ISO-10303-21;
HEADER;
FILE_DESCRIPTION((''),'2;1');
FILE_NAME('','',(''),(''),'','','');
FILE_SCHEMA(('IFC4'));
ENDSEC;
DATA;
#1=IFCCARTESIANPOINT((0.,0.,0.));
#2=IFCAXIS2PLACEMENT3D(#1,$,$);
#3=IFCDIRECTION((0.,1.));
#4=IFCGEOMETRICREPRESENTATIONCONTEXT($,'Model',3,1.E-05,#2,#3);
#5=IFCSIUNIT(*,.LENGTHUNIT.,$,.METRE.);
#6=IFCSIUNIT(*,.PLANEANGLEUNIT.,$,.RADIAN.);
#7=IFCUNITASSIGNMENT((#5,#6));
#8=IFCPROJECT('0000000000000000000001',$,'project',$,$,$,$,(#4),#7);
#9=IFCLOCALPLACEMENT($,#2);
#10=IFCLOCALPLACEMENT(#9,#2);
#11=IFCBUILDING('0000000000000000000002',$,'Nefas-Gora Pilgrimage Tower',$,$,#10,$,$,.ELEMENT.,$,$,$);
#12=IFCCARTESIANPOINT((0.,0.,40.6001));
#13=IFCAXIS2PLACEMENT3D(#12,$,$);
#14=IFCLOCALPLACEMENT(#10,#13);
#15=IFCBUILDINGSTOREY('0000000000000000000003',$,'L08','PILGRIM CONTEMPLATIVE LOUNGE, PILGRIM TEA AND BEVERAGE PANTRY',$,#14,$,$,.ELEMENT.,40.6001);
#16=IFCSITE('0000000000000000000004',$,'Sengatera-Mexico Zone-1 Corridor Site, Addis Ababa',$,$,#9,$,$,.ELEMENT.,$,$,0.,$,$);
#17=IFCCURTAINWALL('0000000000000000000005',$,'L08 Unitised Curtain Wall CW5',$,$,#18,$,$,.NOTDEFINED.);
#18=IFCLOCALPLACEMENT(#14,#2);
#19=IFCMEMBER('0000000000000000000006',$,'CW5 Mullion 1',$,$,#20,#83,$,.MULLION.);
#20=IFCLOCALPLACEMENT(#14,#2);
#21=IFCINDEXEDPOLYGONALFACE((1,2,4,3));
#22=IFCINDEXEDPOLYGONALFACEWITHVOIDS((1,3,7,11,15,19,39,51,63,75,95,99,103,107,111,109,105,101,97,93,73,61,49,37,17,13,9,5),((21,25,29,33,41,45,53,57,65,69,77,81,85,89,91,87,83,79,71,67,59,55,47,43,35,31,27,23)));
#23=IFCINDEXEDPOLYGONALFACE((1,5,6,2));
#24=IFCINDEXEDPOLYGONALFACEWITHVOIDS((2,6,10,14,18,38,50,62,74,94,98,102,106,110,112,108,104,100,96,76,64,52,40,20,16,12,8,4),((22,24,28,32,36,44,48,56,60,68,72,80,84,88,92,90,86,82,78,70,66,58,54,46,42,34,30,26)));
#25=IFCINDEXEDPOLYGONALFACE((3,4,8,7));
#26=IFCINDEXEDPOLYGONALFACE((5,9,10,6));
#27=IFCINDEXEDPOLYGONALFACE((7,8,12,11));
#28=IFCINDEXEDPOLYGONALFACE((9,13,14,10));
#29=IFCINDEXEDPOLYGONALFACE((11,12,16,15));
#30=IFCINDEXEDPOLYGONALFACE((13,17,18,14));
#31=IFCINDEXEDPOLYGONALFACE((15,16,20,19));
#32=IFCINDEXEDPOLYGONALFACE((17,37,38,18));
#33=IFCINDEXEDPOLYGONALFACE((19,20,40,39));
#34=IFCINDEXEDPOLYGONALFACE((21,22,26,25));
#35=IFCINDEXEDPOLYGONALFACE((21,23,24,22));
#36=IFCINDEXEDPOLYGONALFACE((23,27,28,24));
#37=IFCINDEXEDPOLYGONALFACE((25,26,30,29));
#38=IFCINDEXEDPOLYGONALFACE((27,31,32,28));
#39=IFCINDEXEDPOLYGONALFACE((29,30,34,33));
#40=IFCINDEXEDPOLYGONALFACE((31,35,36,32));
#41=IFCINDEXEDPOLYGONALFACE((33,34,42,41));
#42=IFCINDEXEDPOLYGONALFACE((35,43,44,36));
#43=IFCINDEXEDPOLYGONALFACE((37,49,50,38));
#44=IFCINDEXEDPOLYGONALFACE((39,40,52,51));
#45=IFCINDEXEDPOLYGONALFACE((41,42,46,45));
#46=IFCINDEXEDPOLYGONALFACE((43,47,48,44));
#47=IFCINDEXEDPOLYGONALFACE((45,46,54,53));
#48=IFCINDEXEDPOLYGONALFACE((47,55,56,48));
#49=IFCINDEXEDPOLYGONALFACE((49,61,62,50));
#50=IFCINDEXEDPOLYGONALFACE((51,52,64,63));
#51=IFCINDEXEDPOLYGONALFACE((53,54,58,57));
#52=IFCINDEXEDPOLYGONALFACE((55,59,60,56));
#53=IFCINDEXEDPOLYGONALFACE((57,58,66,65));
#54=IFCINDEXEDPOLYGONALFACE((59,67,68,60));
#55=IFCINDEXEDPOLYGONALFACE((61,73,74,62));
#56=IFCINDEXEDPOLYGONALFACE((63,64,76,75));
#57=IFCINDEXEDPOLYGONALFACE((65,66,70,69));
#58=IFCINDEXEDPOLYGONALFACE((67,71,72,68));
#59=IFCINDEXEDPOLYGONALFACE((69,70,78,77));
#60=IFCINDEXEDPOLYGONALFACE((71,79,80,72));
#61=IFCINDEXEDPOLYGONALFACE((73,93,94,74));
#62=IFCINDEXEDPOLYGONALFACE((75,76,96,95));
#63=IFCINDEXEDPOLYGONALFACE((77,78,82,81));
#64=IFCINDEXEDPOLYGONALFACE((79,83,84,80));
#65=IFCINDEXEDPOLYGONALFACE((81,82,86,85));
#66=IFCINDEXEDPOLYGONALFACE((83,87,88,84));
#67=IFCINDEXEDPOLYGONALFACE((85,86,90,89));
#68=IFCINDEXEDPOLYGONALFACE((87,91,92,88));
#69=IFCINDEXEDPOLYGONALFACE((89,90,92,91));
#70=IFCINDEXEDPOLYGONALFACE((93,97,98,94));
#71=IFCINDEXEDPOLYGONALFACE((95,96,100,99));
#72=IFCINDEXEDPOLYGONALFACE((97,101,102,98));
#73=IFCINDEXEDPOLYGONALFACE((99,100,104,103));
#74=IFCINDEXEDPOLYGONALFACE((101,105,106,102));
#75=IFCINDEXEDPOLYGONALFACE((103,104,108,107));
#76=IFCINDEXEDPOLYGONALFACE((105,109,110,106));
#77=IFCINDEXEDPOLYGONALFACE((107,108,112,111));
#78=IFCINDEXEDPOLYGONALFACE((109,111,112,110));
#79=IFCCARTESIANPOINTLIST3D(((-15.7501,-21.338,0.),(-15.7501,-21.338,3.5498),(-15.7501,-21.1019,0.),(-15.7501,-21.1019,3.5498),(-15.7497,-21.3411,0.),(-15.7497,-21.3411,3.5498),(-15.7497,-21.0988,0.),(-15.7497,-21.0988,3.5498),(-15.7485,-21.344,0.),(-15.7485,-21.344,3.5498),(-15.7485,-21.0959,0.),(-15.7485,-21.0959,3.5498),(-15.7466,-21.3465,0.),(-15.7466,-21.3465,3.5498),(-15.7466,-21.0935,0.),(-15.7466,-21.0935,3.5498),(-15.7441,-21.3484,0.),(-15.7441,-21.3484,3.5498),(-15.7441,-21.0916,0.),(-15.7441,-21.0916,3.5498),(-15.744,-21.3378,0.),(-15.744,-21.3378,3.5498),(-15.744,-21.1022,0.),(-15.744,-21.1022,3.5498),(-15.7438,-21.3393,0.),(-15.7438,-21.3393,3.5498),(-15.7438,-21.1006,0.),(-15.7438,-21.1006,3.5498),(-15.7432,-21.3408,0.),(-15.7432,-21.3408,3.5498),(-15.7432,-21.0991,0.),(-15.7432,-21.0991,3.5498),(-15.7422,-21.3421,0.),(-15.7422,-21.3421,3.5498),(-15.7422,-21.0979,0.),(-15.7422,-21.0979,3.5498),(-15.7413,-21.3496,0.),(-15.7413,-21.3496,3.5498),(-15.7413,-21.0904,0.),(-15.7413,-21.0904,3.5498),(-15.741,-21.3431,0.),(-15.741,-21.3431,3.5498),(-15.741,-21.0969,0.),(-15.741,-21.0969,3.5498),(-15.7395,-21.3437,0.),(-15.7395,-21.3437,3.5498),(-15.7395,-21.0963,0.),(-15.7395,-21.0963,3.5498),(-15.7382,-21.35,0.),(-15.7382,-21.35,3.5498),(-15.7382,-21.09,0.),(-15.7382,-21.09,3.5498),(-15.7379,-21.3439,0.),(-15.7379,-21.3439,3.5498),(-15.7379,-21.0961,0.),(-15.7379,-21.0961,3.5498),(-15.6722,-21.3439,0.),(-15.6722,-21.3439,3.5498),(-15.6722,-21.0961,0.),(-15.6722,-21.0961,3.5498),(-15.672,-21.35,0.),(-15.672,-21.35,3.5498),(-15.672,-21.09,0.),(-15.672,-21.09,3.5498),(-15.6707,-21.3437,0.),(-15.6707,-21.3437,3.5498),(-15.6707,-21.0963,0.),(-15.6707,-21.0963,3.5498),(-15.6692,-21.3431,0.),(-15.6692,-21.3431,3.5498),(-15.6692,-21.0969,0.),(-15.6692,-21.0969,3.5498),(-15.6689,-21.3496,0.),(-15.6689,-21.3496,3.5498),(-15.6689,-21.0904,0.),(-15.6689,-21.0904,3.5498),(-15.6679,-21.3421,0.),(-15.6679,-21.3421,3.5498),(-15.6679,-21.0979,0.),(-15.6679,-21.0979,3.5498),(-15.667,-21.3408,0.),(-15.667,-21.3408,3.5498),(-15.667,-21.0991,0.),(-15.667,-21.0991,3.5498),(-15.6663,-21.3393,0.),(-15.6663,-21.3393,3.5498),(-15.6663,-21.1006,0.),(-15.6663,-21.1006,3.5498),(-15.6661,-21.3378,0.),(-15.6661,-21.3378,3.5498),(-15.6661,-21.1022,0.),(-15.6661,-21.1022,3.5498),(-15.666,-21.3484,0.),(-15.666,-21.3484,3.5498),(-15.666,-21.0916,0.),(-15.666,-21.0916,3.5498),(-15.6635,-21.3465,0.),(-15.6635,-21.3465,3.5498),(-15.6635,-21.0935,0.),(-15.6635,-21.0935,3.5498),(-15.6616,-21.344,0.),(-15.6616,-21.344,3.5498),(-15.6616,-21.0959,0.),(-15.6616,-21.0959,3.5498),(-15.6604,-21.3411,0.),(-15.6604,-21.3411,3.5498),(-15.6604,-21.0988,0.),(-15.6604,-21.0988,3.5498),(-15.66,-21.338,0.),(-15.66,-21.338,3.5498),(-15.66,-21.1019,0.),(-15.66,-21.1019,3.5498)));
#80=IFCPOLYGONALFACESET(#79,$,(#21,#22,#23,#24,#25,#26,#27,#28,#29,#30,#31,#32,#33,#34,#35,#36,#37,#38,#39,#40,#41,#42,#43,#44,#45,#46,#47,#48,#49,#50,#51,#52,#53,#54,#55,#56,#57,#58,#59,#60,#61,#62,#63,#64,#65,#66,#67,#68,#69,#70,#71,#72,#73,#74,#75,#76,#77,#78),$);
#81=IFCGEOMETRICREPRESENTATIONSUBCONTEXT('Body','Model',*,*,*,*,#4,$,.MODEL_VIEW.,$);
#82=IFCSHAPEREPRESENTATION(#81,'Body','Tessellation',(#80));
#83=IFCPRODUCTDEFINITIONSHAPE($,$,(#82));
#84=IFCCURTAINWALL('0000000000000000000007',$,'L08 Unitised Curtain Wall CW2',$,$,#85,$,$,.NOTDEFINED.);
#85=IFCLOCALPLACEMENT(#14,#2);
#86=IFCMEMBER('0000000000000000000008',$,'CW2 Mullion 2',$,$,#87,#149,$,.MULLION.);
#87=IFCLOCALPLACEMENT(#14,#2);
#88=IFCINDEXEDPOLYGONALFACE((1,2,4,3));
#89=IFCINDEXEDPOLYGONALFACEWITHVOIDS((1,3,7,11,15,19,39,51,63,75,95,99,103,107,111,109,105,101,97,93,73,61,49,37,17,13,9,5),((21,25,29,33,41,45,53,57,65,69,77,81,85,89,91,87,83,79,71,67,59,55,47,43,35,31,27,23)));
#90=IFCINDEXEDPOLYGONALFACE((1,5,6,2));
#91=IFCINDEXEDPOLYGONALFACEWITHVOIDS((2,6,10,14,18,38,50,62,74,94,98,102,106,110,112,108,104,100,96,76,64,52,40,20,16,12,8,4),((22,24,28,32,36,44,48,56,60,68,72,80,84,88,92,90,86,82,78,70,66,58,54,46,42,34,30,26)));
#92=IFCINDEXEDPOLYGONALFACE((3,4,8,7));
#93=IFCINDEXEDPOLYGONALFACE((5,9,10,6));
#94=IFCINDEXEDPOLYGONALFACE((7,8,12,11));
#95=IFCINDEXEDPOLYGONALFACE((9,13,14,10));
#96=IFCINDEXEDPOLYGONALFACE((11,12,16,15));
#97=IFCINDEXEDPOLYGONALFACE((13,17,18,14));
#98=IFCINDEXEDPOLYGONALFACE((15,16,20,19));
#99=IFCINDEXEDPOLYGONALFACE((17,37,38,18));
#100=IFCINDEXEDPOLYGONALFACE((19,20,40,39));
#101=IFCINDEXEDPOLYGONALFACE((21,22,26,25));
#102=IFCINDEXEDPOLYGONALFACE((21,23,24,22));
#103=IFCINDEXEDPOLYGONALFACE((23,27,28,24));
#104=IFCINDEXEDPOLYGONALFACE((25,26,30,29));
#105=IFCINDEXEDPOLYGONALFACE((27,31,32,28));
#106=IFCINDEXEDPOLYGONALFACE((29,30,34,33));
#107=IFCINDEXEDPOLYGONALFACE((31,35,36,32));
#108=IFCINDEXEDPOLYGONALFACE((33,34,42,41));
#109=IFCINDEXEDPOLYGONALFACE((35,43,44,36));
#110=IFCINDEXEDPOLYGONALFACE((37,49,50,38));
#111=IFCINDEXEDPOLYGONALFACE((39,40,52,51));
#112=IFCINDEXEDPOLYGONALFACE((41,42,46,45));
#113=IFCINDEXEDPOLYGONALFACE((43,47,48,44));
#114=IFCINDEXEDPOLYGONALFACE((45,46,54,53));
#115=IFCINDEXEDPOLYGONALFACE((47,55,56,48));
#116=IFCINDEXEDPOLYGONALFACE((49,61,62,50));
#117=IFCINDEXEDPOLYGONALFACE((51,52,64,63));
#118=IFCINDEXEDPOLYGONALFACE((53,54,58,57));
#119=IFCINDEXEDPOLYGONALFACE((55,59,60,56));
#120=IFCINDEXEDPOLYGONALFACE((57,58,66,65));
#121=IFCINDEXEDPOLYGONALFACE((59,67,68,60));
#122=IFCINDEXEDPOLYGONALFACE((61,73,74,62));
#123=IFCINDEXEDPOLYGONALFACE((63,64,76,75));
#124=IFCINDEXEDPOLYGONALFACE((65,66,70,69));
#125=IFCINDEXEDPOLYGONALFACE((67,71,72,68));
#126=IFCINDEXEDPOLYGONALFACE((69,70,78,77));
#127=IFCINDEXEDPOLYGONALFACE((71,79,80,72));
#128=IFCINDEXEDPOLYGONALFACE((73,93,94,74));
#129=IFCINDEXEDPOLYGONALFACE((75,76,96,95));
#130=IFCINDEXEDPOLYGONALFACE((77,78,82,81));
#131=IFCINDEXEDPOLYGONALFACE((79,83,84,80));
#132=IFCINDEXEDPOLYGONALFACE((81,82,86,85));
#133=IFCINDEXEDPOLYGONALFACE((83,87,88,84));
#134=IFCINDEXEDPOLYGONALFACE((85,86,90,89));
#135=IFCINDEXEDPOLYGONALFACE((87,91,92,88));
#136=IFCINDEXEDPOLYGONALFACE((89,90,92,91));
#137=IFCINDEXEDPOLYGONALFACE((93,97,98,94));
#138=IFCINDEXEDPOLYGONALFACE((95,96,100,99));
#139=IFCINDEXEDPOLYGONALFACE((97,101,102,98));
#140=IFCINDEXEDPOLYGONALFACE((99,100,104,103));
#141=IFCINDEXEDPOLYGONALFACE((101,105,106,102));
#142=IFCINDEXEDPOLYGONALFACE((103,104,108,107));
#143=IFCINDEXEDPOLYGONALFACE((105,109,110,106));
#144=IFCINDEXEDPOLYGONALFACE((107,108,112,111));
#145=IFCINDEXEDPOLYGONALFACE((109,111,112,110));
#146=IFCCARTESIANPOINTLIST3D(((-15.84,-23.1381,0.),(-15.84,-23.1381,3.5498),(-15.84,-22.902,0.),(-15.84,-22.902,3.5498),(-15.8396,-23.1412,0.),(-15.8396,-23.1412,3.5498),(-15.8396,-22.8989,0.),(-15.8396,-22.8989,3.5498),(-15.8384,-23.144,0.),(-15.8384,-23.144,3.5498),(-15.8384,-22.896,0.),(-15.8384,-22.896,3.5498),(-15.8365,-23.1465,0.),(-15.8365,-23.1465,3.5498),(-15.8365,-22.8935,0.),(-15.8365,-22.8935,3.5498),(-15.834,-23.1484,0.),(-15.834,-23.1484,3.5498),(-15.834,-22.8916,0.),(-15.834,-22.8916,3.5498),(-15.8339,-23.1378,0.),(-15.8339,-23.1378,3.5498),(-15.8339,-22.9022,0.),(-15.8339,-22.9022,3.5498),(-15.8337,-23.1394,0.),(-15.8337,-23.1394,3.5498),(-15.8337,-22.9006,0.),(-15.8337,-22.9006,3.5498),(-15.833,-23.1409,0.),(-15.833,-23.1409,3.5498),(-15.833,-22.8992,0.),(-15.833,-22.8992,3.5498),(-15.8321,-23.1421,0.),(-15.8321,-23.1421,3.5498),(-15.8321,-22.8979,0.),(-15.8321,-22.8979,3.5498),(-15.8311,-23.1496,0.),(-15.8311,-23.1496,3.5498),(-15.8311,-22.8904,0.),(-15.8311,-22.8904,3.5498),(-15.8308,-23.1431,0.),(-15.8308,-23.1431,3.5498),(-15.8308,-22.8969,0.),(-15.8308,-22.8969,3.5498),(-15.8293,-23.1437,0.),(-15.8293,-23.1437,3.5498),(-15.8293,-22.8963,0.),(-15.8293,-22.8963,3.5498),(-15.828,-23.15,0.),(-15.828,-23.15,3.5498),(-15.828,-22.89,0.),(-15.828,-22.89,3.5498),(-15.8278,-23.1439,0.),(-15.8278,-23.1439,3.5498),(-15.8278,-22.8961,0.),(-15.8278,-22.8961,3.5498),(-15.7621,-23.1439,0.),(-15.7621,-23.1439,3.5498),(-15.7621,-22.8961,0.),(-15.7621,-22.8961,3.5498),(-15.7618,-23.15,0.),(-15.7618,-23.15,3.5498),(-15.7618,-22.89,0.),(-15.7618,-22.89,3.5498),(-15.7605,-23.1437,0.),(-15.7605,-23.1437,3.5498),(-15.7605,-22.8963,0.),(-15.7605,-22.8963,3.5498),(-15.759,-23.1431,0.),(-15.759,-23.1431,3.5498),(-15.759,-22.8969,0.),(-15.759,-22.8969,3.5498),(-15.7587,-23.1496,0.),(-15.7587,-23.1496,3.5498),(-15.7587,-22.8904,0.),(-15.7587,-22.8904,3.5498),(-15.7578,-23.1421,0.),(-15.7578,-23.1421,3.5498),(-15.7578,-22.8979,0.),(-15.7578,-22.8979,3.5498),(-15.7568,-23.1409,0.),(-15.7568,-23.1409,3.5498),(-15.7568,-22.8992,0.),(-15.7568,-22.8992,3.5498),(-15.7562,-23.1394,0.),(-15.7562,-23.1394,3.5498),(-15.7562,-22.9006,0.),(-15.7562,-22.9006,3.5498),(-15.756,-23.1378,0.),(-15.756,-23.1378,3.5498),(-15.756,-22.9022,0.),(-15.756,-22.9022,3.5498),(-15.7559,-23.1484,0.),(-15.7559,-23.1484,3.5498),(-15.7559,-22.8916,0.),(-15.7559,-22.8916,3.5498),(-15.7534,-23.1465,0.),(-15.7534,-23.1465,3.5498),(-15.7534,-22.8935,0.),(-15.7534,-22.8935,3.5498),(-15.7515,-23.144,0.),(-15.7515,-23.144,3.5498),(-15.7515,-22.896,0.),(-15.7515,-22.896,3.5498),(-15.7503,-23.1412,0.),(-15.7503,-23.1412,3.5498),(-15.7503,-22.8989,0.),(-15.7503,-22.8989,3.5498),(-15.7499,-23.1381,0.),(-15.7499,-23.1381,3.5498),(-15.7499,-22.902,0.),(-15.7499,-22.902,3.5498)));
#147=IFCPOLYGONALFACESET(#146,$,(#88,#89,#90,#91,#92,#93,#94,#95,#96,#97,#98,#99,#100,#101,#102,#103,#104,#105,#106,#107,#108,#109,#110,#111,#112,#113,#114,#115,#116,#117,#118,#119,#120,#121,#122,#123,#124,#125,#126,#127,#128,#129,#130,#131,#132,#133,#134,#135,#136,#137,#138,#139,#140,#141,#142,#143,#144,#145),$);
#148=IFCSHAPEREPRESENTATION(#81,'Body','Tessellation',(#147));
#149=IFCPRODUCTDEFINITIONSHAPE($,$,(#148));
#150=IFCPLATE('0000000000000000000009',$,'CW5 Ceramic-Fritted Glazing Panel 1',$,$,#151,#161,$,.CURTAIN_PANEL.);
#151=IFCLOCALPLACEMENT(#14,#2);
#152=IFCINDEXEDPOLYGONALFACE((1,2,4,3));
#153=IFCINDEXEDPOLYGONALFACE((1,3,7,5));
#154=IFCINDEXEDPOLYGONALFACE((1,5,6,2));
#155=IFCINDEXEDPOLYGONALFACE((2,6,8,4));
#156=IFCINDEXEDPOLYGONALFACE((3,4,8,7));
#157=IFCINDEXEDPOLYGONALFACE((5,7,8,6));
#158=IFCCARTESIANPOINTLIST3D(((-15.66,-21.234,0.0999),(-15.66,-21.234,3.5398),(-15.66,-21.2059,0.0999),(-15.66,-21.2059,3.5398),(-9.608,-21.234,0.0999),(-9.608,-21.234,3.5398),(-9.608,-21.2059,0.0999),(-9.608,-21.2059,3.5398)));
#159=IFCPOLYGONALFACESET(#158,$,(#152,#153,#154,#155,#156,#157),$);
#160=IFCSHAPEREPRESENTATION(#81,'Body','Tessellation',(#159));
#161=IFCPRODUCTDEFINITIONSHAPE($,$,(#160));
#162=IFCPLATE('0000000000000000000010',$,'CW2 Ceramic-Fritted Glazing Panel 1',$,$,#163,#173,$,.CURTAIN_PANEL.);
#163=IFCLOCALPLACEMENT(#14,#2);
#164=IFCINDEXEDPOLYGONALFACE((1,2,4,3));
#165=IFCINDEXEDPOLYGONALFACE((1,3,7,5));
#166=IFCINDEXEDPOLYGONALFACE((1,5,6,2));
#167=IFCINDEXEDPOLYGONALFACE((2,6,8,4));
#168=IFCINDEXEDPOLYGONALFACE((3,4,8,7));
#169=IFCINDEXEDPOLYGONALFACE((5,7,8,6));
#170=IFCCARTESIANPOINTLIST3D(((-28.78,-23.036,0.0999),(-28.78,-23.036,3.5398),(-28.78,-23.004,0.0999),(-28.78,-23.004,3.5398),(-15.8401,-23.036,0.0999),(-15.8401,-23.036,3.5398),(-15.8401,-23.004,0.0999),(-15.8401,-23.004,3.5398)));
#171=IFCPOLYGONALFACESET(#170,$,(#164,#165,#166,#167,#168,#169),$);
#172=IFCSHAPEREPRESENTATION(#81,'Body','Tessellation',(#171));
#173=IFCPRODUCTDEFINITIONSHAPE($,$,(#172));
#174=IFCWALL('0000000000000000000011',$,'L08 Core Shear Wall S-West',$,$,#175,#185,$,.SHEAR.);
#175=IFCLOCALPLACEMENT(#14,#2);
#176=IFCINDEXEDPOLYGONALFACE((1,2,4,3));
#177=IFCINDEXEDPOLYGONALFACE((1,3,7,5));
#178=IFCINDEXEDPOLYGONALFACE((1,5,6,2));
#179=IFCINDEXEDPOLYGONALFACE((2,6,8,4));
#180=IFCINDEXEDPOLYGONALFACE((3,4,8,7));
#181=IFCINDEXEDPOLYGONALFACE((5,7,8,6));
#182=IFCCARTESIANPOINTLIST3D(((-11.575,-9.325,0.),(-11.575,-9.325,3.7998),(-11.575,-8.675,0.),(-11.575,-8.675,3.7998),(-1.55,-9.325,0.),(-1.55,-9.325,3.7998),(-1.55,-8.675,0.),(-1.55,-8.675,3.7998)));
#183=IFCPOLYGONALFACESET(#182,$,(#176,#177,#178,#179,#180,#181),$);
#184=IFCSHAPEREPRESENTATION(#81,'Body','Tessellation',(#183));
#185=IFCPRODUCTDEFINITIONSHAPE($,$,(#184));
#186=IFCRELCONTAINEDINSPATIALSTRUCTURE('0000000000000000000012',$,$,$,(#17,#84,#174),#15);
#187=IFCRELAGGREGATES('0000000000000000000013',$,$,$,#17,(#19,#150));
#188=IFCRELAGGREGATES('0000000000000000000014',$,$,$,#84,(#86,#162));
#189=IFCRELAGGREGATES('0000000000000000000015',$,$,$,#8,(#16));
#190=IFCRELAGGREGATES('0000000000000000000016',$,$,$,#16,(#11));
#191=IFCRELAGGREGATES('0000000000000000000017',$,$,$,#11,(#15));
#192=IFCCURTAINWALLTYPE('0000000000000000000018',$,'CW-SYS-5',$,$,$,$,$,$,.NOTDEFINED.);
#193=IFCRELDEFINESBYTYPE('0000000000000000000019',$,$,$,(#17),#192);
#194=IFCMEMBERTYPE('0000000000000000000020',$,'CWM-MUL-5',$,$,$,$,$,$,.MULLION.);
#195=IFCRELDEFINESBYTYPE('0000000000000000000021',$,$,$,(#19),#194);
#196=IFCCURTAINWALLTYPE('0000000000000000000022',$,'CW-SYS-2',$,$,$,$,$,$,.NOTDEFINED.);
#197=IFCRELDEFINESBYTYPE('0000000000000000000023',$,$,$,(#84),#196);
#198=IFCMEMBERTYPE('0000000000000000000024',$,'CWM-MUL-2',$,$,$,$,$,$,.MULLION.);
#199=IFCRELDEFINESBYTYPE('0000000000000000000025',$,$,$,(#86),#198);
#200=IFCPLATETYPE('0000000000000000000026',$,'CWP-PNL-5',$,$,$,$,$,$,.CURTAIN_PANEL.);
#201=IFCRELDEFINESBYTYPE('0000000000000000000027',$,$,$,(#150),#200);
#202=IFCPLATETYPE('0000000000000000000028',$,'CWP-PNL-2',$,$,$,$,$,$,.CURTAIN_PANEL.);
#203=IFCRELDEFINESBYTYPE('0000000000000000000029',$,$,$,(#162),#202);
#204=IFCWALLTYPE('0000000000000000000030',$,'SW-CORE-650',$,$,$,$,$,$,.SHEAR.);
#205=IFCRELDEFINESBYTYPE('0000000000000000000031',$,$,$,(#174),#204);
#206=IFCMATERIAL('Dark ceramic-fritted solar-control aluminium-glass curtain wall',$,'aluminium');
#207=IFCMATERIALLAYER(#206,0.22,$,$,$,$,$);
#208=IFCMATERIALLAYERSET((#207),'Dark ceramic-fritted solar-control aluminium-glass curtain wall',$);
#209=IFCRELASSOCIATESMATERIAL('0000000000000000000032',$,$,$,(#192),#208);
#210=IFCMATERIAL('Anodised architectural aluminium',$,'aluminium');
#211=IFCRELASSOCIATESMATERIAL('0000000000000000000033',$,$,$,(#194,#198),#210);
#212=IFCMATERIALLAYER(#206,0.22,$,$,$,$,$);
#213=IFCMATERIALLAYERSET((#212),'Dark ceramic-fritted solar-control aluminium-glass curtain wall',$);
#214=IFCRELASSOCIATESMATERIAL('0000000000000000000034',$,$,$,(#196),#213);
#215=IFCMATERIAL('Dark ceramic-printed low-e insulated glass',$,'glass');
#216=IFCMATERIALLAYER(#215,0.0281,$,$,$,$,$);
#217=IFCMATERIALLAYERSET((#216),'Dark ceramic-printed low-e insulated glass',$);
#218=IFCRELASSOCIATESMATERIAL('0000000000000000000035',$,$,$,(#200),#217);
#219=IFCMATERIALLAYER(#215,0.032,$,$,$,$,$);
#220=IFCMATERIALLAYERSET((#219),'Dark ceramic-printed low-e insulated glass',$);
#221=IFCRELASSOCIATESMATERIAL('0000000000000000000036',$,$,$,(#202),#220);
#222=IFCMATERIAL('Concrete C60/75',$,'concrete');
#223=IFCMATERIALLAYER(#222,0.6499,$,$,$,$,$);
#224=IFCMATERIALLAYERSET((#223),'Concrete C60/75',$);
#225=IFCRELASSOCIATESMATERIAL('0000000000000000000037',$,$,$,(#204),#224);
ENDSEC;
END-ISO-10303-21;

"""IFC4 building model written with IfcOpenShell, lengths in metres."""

from ifc_helpers import new_model, si_unit, direction, frame, frame_2d, origin, origin_2d, place, context, subcontext, project, spatial, rectangle, hollow_rectangle, extrude, source, transform, mapped, material, layer, layer_set, material_profile, profile_set, type_object, element, aggregate, save


model = new_model("IFC4")

# Units and contexts
model_context = context("Model", 3, precision=1e-05, world=origin(), true_north=direction((0.0, 1.0)))
body_context = subcontext(model_context, "Body", "Model", "MODEL_VIEW")
ifc_project = project(units=[si_unit("LENGTHUNIT", "METRE"), si_unit("PLANEANGLEUNIT", "RADIAN")], contexts=[model_context])

# Site, building, storey
site_placement = place(None, origin())
site = spatial("IfcSite", under=ifc_project, at=site_placement, Name="Sengatera-Mexico Zone-1 Corridor Site, Addis Ababa", CompositionType="ELEMENT", RefElevation=0.0)
building_placement = place(site_placement, origin())
building = spatial("IfcBuilding", under=site, at=building_placement, Name="Nefas-Gora Pilgrimage Tower", CompositionType="ELEMENT")
storey_placement = place(building_placement, frame((0.0, 0.0, 40.6001)))
storey = spatial("IfcBuildingStorey", under=building, at=storey_placement, Name="L08", Description="PILGRIM CONTEMPLATIVE LOUNGE, PILGRIM TEA AND BEVERAGE PANTRY", CompositionType="ELEMENT", Elevation=40.6001)

# Curtain wall, member
ifc_material_1 = material(Name="Dark ceramic-fritted solar-control aluminium-glass curtain wall", Category="aluminium")
ifc_layer_1 = layer(ifc_material_1, 0.22)
ifc_layer_set_1 = layer_set([ifc_layer_1], Name="Dark ceramic-fritted solar-control aluminium-glass curtain wall")
curtain_wall_type_1 = type_object("IfcCurtainWallType", Name="CW-SYS-5", PredefinedType="NOTDEFINED", material=ifc_layer_set_1)
curtain_wall_1_placement = place(storey_placement, origin())
curtain_wall_1 = element("IfcCurtainWall", 1, at=curtain_wall_1_placement, inside=storey, type_object=curtain_wall_type_1, Name="L08 Unitised Curtain Wall CW5", PredefinedType="NOTDEFINED")
ifc_material_2 = material(Name="Anodised architectural aluminium", Category="aluminium")
ifc_material_profile_1 = material_profile(ifc_material_2, hollow_rectangle(XDim=0.0901, YDim=0.26, WallThickness=0.0061, InnerFilletRadius=0.0061, OuterFilletRadius=0.012, at=origin_2d()), Name="ALU MULLION 90x260")
ifc_profile_set_1 = profile_set([ifc_material_profile_1], Name="Anodised architectural aluminium")
member_type_1 = type_object("IfcMemberType", Name="CWM-MUL-5", PredefinedType="MULLION", material=ifc_profile_set_1)
shared_shape_1 = source(origin(), body_context, "Body", "SweptSolid", [
    extrude(hollow_rectangle(XDim=0.0901, YDim=0.26, WallThickness=0.0061, InnerFilletRadius=0.0061, OuterFilletRadius=0.012, at=origin_2d()), origin(), (0.0, 0.0, 1.0), 3.5498),
])
member_1_placement = place(storey_placement, frame((-15.7051, -21.22, 0.0), z_axis=(0.0, 0.0, 1.0), x_axis=(1.0, 0.0, 0.0)))
member_1 = element("IfcMember", 2, at=member_1_placement, type_object=member_type_1, Name="CW5 Mullion 1", PredefinedType="MULLION", context=body_context, shape_type="MappedRepresentation", body=[
    mapped(shared_shape_1, transform((0.0, 0.0, 0.0), x_axis=(1.0, 0.0, 0.0), y_axis=(0.0, 1.0, 0.0), z_axis=(0.0, 0.0, 1.0), scale=1.0)),
])

# Curtain wall, member
ifc_layer_2 = layer(ifc_material_1, 0.22)
ifc_layer_set_2 = layer_set([ifc_layer_2], Name="Dark ceramic-fritted solar-control aluminium-glass curtain wall")
curtain_wall_type_2 = type_object("IfcCurtainWallType", Name="CW-SYS-2", PredefinedType="NOTDEFINED", material=ifc_layer_set_2)
curtain_wall_2_placement = place(storey_placement, origin())
curtain_wall_2 = element("IfcCurtainWall", 3, at=curtain_wall_2_placement, inside=storey, type_object=curtain_wall_type_2, Name="L08 Unitised Curtain Wall CW2", PredefinedType="NOTDEFINED")
ifc_material_profile_2 = material_profile(ifc_material_2, hollow_rectangle(XDim=0.0901, YDim=0.26, WallThickness=0.0061, InnerFilletRadius=0.0061, OuterFilletRadius=0.012, at=origin_2d()), Name="ALU MULLION 90x260")
ifc_profile_set_2 = profile_set([ifc_material_profile_2], Name="Anodised architectural aluminium")
member_type_2 = type_object("IfcMemberType", Name="CWM-MUL-2", PredefinedType="MULLION", material=ifc_profile_set_2)
shared_shape_2 = source(origin(), body_context, "Body", "SweptSolid", [
    extrude(hollow_rectangle(XDim=0.0901, YDim=0.26, WallThickness=0.0061, InnerFilletRadius=0.0061, OuterFilletRadius=0.012, at=origin_2d()), origin(), (0.0, 0.0, 1.0), 3.5498),
])
member_2_placement = place(storey_placement, frame((-15.7949, -23.02, 0.0), z_axis=(0.0, 0.0, 1.0), x_axis=(1.0, 0.0, 0.0)))
member_2 = element("IfcMember", 4, at=member_2_placement, type_object=member_type_2, Name="CW2 Mullion 2", PredefinedType="MULLION", context=body_context, shape_type="MappedRepresentation", body=[
    mapped(shared_shape_2, transform((0.0, 0.0, 0.0), x_axis=(1.0, 0.0, 0.0), y_axis=(0.0, 1.0, 0.0), z_axis=(0.0, 0.0, 1.0), scale=1.0)),
])

# Plates
ifc_material_3 = material(Name="Dark ceramic-printed low-e insulated glass", Category="glass")
ifc_layer_3 = layer(ifc_material_3, 0.0281)
ifc_layer_set_3 = layer_set([ifc_layer_3], Name="Dark ceramic-printed low-e insulated glass")
plate_type_1 = type_object("IfcPlateType", Name="CWP-PNL-5", PredefinedType="CURTAIN_PANEL", material=ifc_layer_set_3)
shared_shape_3 = source(origin(), body_context, "Body", "SweptSolid", [
    extrude(rectangle(XDim=6.052, YDim=0.0281, at=origin_2d()), origin(), (0.0, 0.0, 1.0), 3.4399),
])
plate_1_placement = place(storey_placement, frame((-12.634, -21.22, 0.0999), z_axis=(0.0, 0.0, 1.0), x_axis=(1.0, 0.0, 0.0)))
plate_1 = element("IfcPlate", 5, at=plate_1_placement, type_object=plate_type_1, Name="CW5 Ceramic-Fritted Glazing Panel 1", PredefinedType="CURTAIN_PANEL", context=body_context, shape_type="MappedRepresentation", body=[
    mapped(shared_shape_3, transform((0.0, 0.0, 0.0), x_axis=(1.0, 0.0, 0.0), y_axis=(0.0, 1.0, 0.0), z_axis=(0.0, 0.0, 1.0), scale=1.0)),
])
aggregate(curtain_wall_1, [member_1, plate_1])
ifc_layer_4 = layer(ifc_material_3, 0.032)
ifc_layer_set_4 = layer_set([ifc_layer_4], Name="Dark ceramic-printed low-e insulated glass")
plate_type_2 = type_object("IfcPlateType", Name="CWP-PNL-2", PredefinedType="CURTAIN_PANEL", material=ifc_layer_set_4)
shared_shape_4 = source(origin(), body_context, "Body", "SweptSolid", [
    extrude(rectangle(XDim=12.9399, YDim=0.032, at=origin_2d()), origin(), (0.0, 0.0, 1.0), 3.4399),
])
plate_2_placement = place(storey_placement, frame((-22.3101, -23.02, 0.0999), z_axis=(0.0, 0.0, 1.0), x_axis=(1.0, 0.0, 0.0)))
plate_2 = element("IfcPlate", 6, at=plate_2_placement, type_object=plate_type_2, Name="CW2 Ceramic-Fritted Glazing Panel 1", PredefinedType="CURTAIN_PANEL", context=body_context, shape_type="MappedRepresentation", body=[
    mapped(shared_shape_4, transform((0.0, 0.0, 0.0), x_axis=(1.0, 0.0, 0.0), y_axis=(0.0, 1.0, 0.0), z_axis=(0.0, 0.0, 1.0), scale=1.0)),
])
aggregate(curtain_wall_2, [member_2, plate_2])

# Wall
ifc_material_4 = material(Name="Concrete C60/75", Category="concrete")
ifc_layer_5 = layer(ifc_material_4, 0.6499)
ifc_layer_set_5 = layer_set([ifc_layer_5], Name="Concrete C60/75")
wall_type_1 = type_object("IfcWallType", Name="SW-CORE-650", PredefinedType="SHEAR", material=ifc_layer_set_5)
shared_shape_5 = source(origin(), body_context, "Body", "SweptSolid", [
    extrude(rectangle(XDim=10.0249, YDim=0.6499, at=frame_2d((5.0125, 0.0))), origin(), (0.0, 0.0, 1.0), 3.7998),
])
wall_1_placement = place(storey_placement, frame((-11.575, -9.0, 0.0), z_axis=(0.0, 0.0, 1.0), x_axis=(1.0, 0.0, 0.0)))
element("IfcWall", 7, at=wall_1_placement, inside=storey, type_object=wall_type_1, Name="L08 Core Shear Wall S-West", PredefinedType="SHEAR", context=body_context, shape_type="MappedRepresentation", body=[
    mapped(shared_shape_5, transform((0.0, 0.0, 0.0), x_axis=(1.0, 0.0, 0.0), y_axis=(0.0, 1.0, 0.0), z_axis=(0.0, 0.0, 1.0), scale=1.0)),
])

save(model, "model.ifc")
